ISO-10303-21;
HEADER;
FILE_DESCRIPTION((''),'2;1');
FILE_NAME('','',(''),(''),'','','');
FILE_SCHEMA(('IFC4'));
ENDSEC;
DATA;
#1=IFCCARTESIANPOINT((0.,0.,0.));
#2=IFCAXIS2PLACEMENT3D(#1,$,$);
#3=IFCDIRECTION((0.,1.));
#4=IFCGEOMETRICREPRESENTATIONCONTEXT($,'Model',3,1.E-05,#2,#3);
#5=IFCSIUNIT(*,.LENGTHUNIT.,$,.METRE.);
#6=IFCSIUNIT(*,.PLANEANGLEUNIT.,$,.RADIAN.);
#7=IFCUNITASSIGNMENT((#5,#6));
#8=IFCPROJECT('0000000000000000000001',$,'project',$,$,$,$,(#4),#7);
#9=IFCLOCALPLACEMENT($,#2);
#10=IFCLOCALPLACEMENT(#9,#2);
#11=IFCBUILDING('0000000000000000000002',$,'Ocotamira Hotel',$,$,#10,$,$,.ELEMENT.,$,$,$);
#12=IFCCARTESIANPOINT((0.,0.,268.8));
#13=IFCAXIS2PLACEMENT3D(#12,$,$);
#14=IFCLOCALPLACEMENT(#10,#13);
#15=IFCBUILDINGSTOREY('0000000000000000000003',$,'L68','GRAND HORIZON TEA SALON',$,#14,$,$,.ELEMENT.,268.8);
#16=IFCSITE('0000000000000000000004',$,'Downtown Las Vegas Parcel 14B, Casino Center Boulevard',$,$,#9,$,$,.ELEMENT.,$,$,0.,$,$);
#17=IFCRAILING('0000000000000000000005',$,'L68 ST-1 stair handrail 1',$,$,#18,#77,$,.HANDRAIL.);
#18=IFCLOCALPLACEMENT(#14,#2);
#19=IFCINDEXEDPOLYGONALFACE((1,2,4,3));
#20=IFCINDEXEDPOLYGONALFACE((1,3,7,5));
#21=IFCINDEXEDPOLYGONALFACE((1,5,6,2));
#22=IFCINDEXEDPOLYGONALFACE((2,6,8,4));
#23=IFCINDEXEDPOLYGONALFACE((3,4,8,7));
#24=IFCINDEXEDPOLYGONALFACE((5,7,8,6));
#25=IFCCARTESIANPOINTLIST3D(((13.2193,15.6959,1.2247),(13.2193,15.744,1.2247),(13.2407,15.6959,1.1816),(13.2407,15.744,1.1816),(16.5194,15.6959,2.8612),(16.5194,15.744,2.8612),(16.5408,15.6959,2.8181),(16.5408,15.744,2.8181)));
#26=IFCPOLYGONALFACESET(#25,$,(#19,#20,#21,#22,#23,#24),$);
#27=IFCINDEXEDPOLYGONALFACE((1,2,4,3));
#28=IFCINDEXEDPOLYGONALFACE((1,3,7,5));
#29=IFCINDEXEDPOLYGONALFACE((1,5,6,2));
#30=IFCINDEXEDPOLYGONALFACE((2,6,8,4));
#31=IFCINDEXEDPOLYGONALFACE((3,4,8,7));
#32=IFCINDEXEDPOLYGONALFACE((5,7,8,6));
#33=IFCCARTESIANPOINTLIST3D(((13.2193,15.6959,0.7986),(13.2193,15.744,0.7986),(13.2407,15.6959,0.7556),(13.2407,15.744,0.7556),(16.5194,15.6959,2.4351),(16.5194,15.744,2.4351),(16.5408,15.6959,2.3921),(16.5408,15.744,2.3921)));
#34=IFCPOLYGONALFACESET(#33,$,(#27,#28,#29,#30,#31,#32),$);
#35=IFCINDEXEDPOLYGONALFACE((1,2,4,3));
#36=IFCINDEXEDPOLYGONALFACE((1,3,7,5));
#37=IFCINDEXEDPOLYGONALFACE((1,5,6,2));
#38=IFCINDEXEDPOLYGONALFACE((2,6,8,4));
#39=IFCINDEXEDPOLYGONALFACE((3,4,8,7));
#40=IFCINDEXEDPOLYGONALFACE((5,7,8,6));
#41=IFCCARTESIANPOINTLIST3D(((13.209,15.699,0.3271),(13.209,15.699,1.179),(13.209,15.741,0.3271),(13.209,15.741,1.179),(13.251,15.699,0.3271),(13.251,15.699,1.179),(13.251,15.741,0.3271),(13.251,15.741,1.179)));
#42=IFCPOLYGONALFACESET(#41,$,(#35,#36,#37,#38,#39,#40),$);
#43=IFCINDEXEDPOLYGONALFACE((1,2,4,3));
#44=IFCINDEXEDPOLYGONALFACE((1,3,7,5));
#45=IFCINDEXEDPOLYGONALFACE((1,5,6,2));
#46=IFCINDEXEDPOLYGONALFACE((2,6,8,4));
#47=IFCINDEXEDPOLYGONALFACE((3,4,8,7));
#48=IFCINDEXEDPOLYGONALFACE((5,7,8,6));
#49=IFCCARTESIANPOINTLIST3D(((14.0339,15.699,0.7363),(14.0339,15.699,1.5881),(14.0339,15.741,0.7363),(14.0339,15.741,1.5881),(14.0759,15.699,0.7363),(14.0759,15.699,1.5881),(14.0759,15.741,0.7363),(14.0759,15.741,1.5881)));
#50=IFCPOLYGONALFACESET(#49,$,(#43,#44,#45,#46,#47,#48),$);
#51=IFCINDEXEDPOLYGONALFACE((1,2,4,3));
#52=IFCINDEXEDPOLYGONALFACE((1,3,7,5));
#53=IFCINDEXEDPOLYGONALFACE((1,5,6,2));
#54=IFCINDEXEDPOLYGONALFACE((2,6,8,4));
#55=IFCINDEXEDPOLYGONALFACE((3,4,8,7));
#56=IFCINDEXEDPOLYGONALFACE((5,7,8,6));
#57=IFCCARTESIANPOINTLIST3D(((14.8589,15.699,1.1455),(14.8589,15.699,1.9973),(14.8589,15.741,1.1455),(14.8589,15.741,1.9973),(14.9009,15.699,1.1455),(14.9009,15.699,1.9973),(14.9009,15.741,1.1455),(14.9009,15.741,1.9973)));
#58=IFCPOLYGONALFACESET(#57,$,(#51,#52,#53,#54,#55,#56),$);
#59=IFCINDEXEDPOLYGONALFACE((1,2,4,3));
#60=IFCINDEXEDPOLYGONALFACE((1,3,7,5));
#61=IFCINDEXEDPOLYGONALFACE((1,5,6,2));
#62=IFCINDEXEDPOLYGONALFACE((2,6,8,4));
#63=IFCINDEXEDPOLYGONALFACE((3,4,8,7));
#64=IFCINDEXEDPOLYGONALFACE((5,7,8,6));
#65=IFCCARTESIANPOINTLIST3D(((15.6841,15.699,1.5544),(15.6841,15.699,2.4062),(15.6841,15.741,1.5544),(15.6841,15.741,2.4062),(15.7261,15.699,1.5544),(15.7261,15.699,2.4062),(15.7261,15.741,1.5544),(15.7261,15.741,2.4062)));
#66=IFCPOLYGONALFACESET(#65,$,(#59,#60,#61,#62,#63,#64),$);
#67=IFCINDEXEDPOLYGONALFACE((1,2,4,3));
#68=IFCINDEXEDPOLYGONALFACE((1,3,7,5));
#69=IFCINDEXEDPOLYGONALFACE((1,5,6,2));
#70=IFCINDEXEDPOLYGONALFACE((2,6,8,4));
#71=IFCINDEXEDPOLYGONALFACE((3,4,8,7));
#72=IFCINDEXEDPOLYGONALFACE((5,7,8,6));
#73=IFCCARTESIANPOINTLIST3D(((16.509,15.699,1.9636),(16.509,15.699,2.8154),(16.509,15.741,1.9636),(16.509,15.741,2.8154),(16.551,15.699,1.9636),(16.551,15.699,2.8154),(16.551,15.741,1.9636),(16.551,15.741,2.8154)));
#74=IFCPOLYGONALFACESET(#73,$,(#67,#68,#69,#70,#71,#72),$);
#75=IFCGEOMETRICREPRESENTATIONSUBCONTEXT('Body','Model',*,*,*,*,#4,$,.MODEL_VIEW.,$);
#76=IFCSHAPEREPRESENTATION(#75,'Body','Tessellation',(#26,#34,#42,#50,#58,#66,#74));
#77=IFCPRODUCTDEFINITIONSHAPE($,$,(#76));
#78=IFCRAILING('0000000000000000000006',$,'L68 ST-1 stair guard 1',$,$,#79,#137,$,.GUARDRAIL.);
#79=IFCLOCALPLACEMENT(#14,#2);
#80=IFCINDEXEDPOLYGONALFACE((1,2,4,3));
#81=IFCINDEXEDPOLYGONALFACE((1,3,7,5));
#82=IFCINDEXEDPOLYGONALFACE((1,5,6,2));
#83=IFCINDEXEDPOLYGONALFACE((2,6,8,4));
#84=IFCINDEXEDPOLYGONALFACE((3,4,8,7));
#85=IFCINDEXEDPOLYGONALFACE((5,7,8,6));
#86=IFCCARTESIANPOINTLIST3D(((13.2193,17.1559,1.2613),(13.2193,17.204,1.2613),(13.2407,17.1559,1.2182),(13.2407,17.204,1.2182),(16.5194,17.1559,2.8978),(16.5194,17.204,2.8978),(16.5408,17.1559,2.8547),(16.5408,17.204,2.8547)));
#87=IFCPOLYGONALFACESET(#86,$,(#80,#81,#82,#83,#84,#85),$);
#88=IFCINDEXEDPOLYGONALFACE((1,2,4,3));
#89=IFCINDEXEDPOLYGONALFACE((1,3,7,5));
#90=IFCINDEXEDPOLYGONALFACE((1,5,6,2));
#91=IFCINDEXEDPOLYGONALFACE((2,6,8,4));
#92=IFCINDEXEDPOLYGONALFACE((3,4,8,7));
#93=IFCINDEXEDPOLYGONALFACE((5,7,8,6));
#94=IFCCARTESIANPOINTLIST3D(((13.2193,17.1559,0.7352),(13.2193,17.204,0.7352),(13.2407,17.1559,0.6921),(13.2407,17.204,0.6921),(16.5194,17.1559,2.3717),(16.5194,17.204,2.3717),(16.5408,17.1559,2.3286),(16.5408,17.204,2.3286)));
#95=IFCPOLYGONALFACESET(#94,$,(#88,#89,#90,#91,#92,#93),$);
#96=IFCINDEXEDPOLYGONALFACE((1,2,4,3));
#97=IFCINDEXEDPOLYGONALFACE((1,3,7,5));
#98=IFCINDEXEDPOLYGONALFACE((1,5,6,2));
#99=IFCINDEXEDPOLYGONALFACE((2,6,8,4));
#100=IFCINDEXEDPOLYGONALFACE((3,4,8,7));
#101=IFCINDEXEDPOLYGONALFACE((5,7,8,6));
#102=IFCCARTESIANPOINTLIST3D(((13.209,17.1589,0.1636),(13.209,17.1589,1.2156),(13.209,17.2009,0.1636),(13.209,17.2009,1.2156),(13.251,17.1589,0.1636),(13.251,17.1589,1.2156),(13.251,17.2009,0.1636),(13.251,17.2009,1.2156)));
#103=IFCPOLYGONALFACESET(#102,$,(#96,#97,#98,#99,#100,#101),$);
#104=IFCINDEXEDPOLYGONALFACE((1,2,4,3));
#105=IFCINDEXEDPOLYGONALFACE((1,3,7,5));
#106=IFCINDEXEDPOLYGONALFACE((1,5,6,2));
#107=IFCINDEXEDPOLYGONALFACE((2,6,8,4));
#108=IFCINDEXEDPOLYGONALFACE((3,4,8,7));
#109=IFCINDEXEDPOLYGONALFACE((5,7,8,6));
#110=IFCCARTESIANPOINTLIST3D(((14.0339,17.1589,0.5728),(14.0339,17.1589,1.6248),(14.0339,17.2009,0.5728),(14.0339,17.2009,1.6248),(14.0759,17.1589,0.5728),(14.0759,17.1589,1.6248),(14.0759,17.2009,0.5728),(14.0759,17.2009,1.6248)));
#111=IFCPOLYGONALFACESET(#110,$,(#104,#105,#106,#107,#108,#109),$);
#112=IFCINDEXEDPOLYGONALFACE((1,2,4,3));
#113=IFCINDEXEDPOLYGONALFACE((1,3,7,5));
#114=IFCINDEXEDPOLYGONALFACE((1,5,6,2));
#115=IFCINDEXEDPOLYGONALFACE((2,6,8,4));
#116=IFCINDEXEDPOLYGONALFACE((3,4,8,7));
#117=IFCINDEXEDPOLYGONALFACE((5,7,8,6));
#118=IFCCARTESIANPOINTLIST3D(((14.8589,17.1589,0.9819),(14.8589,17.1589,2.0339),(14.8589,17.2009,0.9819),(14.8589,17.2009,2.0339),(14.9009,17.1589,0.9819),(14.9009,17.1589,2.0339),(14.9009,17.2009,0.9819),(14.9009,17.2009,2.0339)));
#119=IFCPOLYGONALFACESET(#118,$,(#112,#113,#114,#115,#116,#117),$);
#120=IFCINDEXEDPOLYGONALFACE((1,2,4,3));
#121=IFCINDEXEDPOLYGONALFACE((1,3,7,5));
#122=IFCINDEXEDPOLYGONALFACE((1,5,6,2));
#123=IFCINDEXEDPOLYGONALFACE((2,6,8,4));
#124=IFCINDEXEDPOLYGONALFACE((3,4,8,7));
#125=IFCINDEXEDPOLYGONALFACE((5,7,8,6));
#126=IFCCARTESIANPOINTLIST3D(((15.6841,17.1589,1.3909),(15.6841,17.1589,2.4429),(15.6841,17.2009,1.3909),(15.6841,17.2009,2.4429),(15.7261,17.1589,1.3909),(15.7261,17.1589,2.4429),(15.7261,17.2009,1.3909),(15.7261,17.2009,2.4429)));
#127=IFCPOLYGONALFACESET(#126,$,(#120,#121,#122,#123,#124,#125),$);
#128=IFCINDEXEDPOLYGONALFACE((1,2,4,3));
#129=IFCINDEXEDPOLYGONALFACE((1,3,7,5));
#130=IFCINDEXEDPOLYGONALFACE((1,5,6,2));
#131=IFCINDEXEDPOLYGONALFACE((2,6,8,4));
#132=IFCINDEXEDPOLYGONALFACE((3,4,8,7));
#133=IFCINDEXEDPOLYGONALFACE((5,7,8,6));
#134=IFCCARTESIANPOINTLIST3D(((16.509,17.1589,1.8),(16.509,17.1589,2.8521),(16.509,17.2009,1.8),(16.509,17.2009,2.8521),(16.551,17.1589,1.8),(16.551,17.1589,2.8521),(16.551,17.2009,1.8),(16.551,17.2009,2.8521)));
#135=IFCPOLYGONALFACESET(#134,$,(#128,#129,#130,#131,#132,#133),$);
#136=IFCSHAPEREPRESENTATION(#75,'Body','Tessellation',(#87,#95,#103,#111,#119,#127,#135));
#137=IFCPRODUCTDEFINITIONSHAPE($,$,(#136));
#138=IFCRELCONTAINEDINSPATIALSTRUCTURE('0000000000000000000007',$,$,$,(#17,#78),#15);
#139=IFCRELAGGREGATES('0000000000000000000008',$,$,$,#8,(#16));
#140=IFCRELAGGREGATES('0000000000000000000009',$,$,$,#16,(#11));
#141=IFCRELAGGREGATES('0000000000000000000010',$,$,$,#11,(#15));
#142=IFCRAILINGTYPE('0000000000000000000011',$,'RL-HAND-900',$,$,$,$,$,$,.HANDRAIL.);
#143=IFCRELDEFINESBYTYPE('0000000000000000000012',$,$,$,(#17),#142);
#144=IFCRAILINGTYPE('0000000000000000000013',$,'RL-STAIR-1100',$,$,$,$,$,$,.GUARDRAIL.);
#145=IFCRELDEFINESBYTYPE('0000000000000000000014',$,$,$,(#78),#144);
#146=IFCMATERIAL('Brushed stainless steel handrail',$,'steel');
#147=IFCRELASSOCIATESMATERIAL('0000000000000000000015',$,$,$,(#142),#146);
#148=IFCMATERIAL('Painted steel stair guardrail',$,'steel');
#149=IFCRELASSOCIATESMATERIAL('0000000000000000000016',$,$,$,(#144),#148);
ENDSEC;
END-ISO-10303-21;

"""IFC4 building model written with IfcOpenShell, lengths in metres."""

from ifc_helpers import new_model, si_unit, direction, frame, origin, origin_2d, place, context, subcontext, project, spatial, rectangle, extrude, material, type_object, element, save


model = new_model("IFC4")

# Units and contexts
model_context = context("Model", 3, precision=1e-05, world=origin(), true_north=direction((0.0, 1.0)))
body_context = subcontext(model_context, "Body", "Model", "MODEL_VIEW")
ifc_project = project(units=[si_unit("LENGTHUNIT", "METRE"), si_unit("PLANEANGLEUNIT", "RADIAN")], contexts=[model_context])

# Site, building, storey
site_placement = place(None, origin())
site = spatial("IfcSite", under=ifc_project, at=site_placement, Name="Downtown Las Vegas Parcel 14B, Casino Center Boulevard", CompositionType="ELEMENT", RefElevation=0.0)
building_placement = place(site_placement, origin())
building = spatial("IfcBuilding", under=site, at=building_placement, Name="Ocotamira Hotel", CompositionType="ELEMENT")
storey_placement = place(building_placement, frame((0.0, 0.0, 268.8)))
storey = spatial("IfcBuildingStorey", under=building, at=storey_placement, Name="L68", Description="GRAND HORIZON TEA SALON", CompositionType="ELEMENT", Elevation=268.8)

# Railings
ifc_material_1 = material(Name="Brushed stainless steel handrail", Category="steel")
railing_type_1 = type_object("IfcRailingType", Name="RL-HAND-900", PredefinedType="HANDRAIL", material=ifc_material_1)
railing_1_placement = place(storey_placement, frame((13.23, 15.72, 0.3271)))
element("IfcRailing", 1, at=railing_1_placement, inside=storey, type_object=railing_type_1, Name="L68 ST-1 stair handrail 1", PredefinedType="HANDRAIL", context=body_context, shape_type="SweptSolid", body=[
    extrude(rectangle(XDim=0.0481, YDim=0.0481, at=origin_2d()), frame((0.0, 0.0, 0.876), z_axis=(0.895894, 0.0, 0.444268), x_axis=(0.0, 1.0, 0.0)), (0.0, 0.0, 1.0), 3.6836),
    extrude(rectangle(XDim=0.0481, YDim=0.0481, at=origin_2d()), frame((0.0, 0.0, 0.45), z_axis=(0.895894, 0.0, 0.444268), x_axis=(0.0, 1.0, 0.0)), (0.0, 0.0, 1.0), 3.6836),
    extrude(rectangle(XDim=0.042, YDim=0.042, at=origin_2d()), origin(), (0.0, 0.0, 1.0), 0.8518),
    extrude(rectangle(XDim=0.042, YDim=0.042, at=origin_2d()), frame((0.825, 0.0, 0.4092)), (0.0, 0.0, 1.0), 0.8518),
    extrude(rectangle(XDim=0.042, YDim=0.042, at=origin_2d()), frame((1.6499, 0.0, 0.8184)), (0.0, 0.0, 1.0), 0.8518),
    extrude(rectangle(XDim=0.042, YDim=0.042, at=origin_2d()), frame((2.4751, 0.0, 1.2273)), (0.0, 0.0, 1.0), 0.8518),
    extrude(rectangle(XDim=0.042, YDim=0.042, at=origin_2d()), frame((3.3, 0.0, 1.6365)), (0.0, 0.0, 1.0), 0.8518),
])
ifc_material_2 = material(Name="Painted steel stair guardrail", Category="steel")
railing_type_2 = type_object("IfcRailingType", Name="RL-STAIR-1100", PredefinedType="GUARDRAIL", material=ifc_material_2)
railing_2_placement = place(storey_placement, frame((13.23, 17.1799, 0.1636)))
element("IfcRailing", 2, at=railing_2_placement, inside=storey, type_object=railing_type_2, Name="L68 ST-1 stair guard 1", PredefinedType="GUARDRAIL", context=body_context, shape_type="SweptSolid", body=[
    extrude(rectangle(XDim=0.0481, YDim=0.0481, at=origin_2d()), frame((0.0, 0.0, 1.0762), z_axis=(0.895894, 0.0, 0.444268), x_axis=(0.0, 1.0, 0.0)), (0.0, 0.0, 1.0), 3.6836),
    extrude(rectangle(XDim=0.0481, YDim=0.0481, at=origin_2d()), frame((0.0, 0.0, 0.55), z_axis=(0.895894, 0.0, 0.444268), x_axis=(0.0, 1.0, 0.0)), (0.0, 0.0, 1.0), 3.6836),
    extrude(rectangle(XDim=0.042, YDim=0.042, at=origin_2d()), origin(), (0.0, 0.0, 1.0), 1.052),
    extrude(rectangle(XDim=0.042, YDim=0.042, at=origin_2d()), frame((0.825, 0.0, 0.4092)), (0.0, 0.0, 1.0), 1.052),
    extrude(rectangle(XDim=0.042, YDim=0.042, at=origin_2d()), frame((1.6499, 0.0, 0.8184)), (0.0, 0.0, 1.0), 1.052),
    extrude(rectangle(XDim=0.042, YDim=0.042, at=origin_2d()), frame((2.4751, 0.0, 1.2273)), (0.0, 0.0, 1.0), 1.052),
    extrude(rectangle(XDim=0.042, YDim=0.042, at=origin_2d()), frame((3.3, 0.0, 1.6365)), (0.0, 0.0, 1.0), 1.052),
])

save(model, "model.ifc")
